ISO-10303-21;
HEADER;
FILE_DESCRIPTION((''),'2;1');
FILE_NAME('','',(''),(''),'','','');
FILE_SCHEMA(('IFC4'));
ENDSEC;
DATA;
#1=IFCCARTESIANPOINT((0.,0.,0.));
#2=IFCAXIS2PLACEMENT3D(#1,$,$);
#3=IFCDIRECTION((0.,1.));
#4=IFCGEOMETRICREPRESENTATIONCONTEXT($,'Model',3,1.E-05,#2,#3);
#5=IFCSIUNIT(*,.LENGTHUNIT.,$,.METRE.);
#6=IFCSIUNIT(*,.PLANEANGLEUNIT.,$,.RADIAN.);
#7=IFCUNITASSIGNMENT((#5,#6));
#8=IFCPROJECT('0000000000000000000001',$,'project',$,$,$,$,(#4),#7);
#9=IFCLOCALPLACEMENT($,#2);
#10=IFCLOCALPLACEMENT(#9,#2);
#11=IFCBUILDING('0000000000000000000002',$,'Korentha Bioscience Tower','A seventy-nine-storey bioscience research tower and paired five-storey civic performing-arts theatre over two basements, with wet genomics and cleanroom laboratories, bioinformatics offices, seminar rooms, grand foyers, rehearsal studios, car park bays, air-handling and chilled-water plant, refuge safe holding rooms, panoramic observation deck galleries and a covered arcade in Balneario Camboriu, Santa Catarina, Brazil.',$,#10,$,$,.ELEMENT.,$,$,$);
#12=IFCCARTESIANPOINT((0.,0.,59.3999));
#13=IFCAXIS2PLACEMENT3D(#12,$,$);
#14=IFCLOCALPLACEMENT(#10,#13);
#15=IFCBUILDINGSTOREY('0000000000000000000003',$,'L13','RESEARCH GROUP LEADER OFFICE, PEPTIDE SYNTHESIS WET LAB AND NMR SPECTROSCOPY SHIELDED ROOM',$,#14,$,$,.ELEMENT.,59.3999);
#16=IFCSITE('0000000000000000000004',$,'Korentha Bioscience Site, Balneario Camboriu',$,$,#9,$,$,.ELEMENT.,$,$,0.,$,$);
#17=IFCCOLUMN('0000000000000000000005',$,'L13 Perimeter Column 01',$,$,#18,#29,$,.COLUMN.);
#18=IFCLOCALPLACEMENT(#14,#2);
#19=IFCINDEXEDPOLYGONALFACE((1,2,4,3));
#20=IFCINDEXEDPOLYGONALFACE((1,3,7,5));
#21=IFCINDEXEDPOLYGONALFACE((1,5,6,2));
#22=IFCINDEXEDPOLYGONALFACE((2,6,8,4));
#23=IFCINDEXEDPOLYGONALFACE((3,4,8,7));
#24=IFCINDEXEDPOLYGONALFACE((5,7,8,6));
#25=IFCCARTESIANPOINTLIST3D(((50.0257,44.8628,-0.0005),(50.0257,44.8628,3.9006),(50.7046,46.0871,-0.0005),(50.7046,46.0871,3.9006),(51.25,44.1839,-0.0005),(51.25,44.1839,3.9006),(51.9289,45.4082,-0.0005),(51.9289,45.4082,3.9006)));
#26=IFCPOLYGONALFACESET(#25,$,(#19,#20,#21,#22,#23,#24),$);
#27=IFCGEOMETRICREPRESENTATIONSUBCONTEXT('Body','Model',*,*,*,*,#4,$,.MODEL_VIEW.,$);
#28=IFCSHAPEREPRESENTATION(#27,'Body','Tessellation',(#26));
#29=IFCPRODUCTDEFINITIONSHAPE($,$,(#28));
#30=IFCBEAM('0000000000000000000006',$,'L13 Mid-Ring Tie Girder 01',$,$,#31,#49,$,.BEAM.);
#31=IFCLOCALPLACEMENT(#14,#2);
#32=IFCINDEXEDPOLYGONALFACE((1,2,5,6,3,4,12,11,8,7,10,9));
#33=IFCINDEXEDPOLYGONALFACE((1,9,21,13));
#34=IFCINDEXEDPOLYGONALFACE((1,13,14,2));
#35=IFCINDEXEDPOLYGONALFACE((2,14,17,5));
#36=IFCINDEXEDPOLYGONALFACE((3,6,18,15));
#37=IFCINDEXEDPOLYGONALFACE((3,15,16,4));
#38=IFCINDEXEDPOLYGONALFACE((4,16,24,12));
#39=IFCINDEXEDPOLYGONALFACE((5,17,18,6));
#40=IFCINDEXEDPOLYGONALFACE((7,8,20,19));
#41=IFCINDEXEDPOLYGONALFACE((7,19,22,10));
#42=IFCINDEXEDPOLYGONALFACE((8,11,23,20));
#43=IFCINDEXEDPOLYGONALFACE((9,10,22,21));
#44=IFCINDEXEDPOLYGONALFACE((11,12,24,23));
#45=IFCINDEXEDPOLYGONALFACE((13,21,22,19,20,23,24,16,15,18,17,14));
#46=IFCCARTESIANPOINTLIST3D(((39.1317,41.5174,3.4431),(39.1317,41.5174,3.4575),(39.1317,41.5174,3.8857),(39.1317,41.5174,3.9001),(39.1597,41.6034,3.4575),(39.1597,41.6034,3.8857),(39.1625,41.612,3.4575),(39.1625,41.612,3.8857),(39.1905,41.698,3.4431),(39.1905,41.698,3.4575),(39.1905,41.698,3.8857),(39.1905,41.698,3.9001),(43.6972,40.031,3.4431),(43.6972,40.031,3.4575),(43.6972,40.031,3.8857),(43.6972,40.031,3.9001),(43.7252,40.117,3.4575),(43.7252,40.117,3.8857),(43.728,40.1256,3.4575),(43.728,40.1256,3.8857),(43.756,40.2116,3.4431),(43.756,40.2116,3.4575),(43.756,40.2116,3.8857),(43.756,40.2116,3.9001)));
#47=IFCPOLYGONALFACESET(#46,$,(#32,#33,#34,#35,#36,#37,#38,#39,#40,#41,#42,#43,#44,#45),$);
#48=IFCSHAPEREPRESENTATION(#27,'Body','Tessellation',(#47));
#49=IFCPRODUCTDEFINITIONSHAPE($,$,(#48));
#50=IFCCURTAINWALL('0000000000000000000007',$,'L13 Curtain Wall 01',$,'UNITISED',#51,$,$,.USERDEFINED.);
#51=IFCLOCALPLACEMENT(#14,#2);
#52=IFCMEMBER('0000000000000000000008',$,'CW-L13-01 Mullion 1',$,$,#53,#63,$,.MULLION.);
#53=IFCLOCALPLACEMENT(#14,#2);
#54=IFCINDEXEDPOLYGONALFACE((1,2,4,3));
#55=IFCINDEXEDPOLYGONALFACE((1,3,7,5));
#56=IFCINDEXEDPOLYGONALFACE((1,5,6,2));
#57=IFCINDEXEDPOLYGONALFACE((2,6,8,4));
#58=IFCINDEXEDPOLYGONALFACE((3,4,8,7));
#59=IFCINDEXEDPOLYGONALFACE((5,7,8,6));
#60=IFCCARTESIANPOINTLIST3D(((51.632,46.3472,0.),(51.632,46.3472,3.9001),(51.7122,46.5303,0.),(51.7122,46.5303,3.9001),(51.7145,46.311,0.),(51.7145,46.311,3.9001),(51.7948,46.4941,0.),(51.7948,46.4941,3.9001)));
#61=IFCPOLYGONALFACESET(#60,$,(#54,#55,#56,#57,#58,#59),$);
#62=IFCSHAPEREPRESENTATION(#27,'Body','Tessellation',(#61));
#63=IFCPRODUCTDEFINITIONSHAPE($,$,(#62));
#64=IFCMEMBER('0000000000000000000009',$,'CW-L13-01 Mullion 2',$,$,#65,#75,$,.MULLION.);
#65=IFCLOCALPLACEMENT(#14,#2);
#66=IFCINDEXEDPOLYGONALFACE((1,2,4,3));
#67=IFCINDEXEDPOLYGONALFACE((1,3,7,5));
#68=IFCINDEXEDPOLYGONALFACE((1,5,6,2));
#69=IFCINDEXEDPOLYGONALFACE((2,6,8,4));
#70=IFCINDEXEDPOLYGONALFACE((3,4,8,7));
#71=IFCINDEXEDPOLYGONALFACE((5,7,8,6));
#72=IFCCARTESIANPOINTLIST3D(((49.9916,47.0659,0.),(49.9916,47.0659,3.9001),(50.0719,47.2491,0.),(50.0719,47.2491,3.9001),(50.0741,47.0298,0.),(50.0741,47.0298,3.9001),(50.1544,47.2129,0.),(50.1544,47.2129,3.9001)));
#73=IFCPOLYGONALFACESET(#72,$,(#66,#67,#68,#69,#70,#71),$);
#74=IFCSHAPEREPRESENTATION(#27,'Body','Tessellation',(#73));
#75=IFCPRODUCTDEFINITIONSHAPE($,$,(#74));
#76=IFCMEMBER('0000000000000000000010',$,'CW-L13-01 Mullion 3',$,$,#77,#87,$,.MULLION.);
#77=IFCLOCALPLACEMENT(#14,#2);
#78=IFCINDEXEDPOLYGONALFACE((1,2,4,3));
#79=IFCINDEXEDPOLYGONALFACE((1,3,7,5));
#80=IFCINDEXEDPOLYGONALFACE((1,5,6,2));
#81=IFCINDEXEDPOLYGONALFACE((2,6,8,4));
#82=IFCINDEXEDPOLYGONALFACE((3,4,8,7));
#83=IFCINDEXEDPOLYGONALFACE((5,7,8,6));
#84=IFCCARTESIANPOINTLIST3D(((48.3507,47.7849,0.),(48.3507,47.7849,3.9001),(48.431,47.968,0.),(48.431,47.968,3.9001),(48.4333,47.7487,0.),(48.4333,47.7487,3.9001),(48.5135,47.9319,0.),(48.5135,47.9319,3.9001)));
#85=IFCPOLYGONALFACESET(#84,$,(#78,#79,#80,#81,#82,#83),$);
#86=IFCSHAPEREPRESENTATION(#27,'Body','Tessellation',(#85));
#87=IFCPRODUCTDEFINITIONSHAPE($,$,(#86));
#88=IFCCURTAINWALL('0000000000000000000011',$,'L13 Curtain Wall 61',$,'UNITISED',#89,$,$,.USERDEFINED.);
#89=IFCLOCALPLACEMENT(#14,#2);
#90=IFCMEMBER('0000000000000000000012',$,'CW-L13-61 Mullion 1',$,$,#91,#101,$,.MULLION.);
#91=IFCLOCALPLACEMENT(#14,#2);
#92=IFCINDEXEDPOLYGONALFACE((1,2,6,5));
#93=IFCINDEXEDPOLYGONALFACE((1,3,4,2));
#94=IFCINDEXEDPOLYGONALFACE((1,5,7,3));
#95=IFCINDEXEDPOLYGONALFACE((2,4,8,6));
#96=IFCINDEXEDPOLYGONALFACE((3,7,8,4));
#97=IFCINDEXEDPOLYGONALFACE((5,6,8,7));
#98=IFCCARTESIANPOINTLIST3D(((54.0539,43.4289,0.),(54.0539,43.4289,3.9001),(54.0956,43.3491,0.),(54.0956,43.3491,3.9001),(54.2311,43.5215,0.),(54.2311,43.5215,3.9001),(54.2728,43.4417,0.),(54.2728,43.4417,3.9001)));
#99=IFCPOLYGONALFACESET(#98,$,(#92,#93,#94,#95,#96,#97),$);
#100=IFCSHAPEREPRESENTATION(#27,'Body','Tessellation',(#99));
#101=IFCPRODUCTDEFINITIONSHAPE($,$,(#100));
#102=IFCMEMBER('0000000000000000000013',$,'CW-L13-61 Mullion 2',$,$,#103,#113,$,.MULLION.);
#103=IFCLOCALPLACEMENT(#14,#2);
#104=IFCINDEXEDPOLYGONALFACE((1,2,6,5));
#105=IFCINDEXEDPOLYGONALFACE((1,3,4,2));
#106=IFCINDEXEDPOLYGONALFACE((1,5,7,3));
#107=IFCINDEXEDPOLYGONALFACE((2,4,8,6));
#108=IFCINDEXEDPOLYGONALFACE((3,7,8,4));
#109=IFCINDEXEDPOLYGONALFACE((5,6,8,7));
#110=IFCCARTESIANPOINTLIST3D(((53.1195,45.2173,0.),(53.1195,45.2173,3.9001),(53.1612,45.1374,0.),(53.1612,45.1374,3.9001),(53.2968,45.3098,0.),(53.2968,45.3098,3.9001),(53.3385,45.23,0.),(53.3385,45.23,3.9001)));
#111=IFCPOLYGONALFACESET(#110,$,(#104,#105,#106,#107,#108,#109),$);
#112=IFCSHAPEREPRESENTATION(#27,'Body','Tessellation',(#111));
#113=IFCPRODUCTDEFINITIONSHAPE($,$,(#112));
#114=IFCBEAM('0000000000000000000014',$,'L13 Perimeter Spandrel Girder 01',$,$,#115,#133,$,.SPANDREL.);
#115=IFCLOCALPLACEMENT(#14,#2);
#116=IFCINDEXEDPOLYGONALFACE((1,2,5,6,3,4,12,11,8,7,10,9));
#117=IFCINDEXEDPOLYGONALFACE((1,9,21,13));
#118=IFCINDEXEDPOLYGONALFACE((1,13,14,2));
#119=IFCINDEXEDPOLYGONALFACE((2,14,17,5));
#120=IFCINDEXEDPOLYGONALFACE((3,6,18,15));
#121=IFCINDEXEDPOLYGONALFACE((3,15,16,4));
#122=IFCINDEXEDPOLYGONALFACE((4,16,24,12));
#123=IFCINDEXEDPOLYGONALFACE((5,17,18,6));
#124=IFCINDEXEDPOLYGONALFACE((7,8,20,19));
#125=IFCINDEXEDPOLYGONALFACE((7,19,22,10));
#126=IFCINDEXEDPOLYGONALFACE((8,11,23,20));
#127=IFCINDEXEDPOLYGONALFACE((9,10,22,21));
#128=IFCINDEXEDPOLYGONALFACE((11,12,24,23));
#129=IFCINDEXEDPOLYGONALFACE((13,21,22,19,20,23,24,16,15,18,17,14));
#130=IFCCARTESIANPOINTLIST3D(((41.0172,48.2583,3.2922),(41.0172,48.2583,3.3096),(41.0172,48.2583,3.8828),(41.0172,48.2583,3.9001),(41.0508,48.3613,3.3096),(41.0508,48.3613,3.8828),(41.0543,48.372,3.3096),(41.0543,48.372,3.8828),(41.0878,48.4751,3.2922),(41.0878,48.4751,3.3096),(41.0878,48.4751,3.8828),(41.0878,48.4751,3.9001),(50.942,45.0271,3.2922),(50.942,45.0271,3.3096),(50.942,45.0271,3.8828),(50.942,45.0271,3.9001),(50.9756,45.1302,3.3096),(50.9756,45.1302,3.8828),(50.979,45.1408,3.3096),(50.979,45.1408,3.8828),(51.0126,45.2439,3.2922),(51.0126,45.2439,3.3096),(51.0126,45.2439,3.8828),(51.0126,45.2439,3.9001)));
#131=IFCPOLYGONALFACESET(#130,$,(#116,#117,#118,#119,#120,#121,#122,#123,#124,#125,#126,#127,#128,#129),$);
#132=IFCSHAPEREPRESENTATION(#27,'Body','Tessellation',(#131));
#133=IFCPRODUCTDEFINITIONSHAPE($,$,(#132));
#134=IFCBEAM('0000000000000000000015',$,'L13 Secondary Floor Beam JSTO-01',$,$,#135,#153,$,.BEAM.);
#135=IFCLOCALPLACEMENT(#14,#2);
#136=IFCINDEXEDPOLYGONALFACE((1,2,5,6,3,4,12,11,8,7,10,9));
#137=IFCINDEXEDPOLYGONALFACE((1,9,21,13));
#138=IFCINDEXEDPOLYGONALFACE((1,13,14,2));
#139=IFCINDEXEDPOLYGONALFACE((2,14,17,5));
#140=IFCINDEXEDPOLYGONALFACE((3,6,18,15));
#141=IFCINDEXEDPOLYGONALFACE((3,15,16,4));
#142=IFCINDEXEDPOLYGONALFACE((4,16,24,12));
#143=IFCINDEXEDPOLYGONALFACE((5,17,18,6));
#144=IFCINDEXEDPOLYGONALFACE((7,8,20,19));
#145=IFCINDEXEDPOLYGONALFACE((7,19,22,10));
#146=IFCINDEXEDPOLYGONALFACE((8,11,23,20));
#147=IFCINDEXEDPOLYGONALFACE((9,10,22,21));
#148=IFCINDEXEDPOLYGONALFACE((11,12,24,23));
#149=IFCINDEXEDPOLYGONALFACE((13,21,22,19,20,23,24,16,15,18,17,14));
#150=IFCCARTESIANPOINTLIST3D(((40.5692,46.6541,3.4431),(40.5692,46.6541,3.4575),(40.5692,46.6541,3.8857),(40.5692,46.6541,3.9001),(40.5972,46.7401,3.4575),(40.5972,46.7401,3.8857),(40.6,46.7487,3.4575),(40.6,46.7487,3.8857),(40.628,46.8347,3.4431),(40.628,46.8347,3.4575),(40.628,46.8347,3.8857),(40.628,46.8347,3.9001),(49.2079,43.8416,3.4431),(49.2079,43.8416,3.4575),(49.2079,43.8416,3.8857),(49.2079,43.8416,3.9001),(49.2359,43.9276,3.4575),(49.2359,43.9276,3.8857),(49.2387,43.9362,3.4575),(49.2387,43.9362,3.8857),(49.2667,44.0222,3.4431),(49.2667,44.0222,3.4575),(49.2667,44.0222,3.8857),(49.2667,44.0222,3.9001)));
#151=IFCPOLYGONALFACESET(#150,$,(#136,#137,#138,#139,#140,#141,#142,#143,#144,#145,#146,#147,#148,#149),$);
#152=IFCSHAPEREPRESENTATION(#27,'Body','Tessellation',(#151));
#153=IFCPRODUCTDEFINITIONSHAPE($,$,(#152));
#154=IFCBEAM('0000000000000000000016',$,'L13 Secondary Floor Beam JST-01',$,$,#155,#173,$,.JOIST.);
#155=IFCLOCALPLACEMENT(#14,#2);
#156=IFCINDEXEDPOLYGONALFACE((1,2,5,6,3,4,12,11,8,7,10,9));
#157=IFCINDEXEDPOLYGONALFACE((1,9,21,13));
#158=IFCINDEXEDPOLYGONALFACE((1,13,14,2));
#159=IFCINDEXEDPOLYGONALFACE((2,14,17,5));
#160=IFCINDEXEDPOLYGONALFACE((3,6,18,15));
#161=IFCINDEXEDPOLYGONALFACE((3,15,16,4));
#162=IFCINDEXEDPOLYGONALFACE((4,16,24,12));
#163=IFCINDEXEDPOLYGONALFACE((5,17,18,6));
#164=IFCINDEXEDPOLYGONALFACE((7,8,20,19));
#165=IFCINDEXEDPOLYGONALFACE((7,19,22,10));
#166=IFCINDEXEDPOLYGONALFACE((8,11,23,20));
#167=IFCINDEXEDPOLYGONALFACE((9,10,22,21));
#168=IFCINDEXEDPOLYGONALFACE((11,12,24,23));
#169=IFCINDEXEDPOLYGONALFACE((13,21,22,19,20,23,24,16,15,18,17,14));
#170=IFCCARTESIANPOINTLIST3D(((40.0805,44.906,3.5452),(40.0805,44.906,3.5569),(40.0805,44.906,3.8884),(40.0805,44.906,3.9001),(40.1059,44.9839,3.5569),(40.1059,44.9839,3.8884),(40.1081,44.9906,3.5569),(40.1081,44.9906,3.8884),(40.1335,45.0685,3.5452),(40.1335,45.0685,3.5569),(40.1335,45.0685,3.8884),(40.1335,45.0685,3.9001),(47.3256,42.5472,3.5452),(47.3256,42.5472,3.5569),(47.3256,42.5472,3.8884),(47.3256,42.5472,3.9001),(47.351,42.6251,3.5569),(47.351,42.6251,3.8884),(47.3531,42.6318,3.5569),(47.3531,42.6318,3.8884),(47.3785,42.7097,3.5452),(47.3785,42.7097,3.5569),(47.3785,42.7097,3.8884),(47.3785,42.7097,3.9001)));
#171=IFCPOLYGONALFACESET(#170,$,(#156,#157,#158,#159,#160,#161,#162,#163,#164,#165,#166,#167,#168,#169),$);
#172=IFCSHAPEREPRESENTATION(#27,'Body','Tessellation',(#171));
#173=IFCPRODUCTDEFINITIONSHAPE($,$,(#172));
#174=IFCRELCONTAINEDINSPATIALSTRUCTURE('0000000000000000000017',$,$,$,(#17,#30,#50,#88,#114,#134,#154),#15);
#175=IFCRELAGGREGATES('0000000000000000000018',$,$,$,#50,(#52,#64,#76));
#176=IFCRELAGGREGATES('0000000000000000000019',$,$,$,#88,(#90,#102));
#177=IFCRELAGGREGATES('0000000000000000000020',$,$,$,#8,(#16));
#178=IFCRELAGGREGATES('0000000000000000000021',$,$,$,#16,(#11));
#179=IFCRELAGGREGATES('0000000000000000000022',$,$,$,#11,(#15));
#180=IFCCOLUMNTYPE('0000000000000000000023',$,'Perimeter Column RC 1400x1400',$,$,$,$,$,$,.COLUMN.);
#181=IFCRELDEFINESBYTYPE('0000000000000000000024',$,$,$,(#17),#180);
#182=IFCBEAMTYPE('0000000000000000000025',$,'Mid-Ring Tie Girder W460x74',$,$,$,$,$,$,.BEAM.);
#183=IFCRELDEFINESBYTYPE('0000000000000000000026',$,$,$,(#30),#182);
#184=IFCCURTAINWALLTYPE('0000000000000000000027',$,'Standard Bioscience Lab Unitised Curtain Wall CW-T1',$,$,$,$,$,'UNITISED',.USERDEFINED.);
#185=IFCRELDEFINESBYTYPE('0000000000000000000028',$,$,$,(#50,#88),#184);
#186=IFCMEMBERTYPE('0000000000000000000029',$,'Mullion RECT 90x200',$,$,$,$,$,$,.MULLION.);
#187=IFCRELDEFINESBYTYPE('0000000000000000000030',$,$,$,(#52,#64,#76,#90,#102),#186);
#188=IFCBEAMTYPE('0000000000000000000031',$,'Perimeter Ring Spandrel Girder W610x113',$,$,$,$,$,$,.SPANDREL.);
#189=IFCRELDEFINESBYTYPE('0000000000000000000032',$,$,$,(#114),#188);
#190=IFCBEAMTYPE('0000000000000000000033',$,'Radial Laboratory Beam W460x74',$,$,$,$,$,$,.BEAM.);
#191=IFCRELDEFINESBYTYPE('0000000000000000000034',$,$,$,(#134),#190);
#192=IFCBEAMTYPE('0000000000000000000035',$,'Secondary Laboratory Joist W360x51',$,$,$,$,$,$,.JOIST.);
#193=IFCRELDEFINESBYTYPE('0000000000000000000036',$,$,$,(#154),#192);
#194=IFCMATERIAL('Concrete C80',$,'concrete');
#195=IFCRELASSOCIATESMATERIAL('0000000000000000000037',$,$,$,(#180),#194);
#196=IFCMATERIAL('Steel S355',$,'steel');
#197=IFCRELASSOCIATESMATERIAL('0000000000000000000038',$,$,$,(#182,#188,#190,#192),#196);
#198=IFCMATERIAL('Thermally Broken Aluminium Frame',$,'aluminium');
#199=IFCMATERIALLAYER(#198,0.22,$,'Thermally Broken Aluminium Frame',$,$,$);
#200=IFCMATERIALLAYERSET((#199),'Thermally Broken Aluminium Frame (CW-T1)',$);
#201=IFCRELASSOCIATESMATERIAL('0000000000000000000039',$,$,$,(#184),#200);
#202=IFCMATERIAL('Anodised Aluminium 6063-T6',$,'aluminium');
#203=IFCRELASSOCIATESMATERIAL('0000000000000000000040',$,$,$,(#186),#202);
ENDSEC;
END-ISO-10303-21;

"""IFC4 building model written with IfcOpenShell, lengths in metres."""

from ifc_helpers import new_model, si_unit, direction, frame, origin, origin_2d, place, context, subcontext, project, spatial, rectangle, i_section, extrude, material, layer, layer_set, material_profile, profile_set, type_object, element, aggregate, save


model = new_model("IFC4")

# Units and contexts
model_context = context("Model", 3, precision=1e-05, world=origin(), true_north=direction((0.0, 1.0)))
body_context = subcontext(model_context, "Body", "Model", "MODEL_VIEW")
ifc_project = project(units=[si_unit("LENGTHUNIT", "METRE"), si_unit("PLANEANGLEUNIT", "RADIAN")], contexts=[model_context])

# Site, building, storey
site_placement = place(None, origin())
site = spatial("IfcSite", under=ifc_project, at=site_placement, Name="Korentha Bioscience Site, Balneario Camboriu", CompositionType="ELEMENT", RefElevation=0.0)
building_placement = place(site_placement, origin())
building = spatial("IfcBuilding", under=site, at=building_placement, Name="Korentha Bioscience Tower", Description="A seventy-nine-storey bioscience research tower and paired five-storey civic performing-arts theatre over two basements, with wet genomics and cleanroom laboratories, bioinformatics offices, seminar rooms, grand foyers, rehearsal studios, car park bays, air-handling and chilled-water plant, refuge safe holding rooms, panoramic observation deck galleries and a covered arcade in Balneario Camboriu, Santa Catarina, Brazil.", CompositionType="ELEMENT")
storey_placement = place(building_placement, frame((0.0, 0.0, 59.3999)))
storey = spatial("IfcBuildingStorey", under=building, at=storey_placement, Name="L13", Description="RESEARCH GROUP LEADER OFFICE, PEPTIDE SYNTHESIS WET LAB AND NMR SPECTROSCOPY SHIELDED ROOM", CompositionType="ELEMENT", Elevation=59.3999)

# Column
ifc_material_1 = material(Name="Concrete C80", Category="concrete")
ifc_material_profile_1 = material_profile(ifc_material_1, rectangle(XDim=1.3999, YDim=1.3999, at=origin_2d()), Name="Concrete C80")
ifc_profile_set_1 = profile_set([ifc_material_profile_1], Name="Concrete C80 (COL-P14)")
column_type = type_object("IfcColumnType", Name="Perimeter Column RC 1400x1400", PredefinedType="COLUMN", material=ifc_profile_set_1)
column_placement = place(storey_placement, frame((50.9773, 45.1355, -0.0005), z_axis=(0.0, 0.0, 1.0), x_axis=(-0.874535, 0.484962, 0.0)))
element("IfcColumn", 1, at=column_placement, inside=storey, type_object=column_type, Name="L13 Perimeter Column 01", PredefinedType="COLUMN", context=body_context, shape_type="SweptSolid", body=[
    extrude(rectangle(XDim=1.3999, YDim=1.3999, at=origin_2d()), origin(), (0.0, 0.0, 1.0), 3.9011),
])

# Beam
ifc_material_2 = material(Name="Steel S355", Category="steel")
ifc_material_profile_2 = material_profile(ifc_material_2, i_section(OverallWidth=0.1899, OverallDepth=0.457, WebThickness=0.009, FlangeThickness=0.0144, at=origin_2d()), Name="Steel S355")
ifc_profile_set_2 = profile_set([ifc_material_profile_2], Name="Steel S355 (MB-460)")
beam_type_1 = type_object("IfcBeamType", Name="Mid-Ring Tie Girder W460x74", PredefinedType="BEAM", material=ifc_profile_set_2)
beam_1_placement = place(storey_placement, frame((43.7266, 40.1213, 3.6716), z_axis=(-0.950877, 0.309569, 0.0), x_axis=(-0.309569, -0.950877, 0.0)))
element("IfcBeam", 2, at=beam_1_placement, inside=storey, type_object=beam_type_1, Name="L13 Mid-Ring Tie Girder 01", PredefinedType="BEAM", context=body_context, shape_type="SweptSolid", body=[
    extrude(i_section(OverallWidth=0.1899, OverallDepth=0.457, WebThickness=0.009, FlangeThickness=0.0144, at=origin_2d()), origin(), (0.0, 0.0, 1.0), 4.8013),
])

# Curtain walls, members
ifc_material_3 = material(Name="Thermally Broken Aluminium Frame", Category="aluminium")
ifc_layer_1 = layer(ifc_material_3, 0.22, Name="Thermally Broken Aluminium Frame")
ifc_layer_set_1 = layer_set([ifc_layer_1], Name="Thermally Broken Aluminium Frame (CW-T1)")
curtain_wall_type = type_object("IfcCurtainWallType", Name="Standard Bioscience Lab Unitised Curtain Wall CW-T1", ElementType="UNITISED", PredefinedType="USERDEFINED", material=ifc_layer_set_1)
curtain_wall_1_placement = place(storey_placement, origin())
curtain_wall_1 = element("IfcCurtainWall", 3, at=curtain_wall_1_placement, inside=storey, type_object=curtain_wall_type, Name="L13 Curtain Wall 01", ObjectType="UNITISED", PredefinedType="USERDEFINED")
ifc_material_4 = material(Name="Anodised Aluminium 6063-T6", Category="aluminium")
ifc_material_profile_3 = material_profile(ifc_material_4, rectangle(XDim=0.0901, YDim=0.2, at=origin_2d()), Name="Anodised Aluminium 6063-T6")
ifc_profile_set_3 = profile_set([ifc_material_profile_3], Name="Anodised Aluminium 6063-T6 (CW-MUL)")
member_type_1 = type_object("IfcMemberType", Name="Mullion RECT 90x200", PredefinedType="MULLION", material=ifc_profile_set_3)
member_1_placement = place(storey_placement, frame((51.7134, 46.4207, 0.0), z_axis=(0.0, 0.0, 1.0), x_axis=(-0.915939, 0.401317, 0.0)))
member_1 = element("IfcMember", 4, at=member_1_placement, type_object=member_type_1, Name="CW-L13-01 Mullion 1", PredefinedType="MULLION", context=body_context, shape_type="SweptSolid", body=[
    extrude(rectangle(XDim=0.0901, YDim=0.2, at=origin_2d()), origin(), (0.0, 0.0, 1.0), 3.9001),
])
member_2_placement = place(storey_placement, frame((50.073, 47.1394, 0.0), z_axis=(0.0, 0.0, 1.0), x_axis=(-0.915939, 0.401317, 0.0)))
member_2 = element("IfcMember", 5, at=member_2_placement, type_object=member_type_1, Name="CW-L13-01 Mullion 2", PredefinedType="MULLION", context=body_context, shape_type="SweptSolid", body=[
    extrude(rectangle(XDim=0.0901, YDim=0.2, at=origin_2d()), origin(), (0.0, 0.0, 1.0), 3.9001),
])
member_3_placement = place(storey_placement, frame((48.4321, 47.8584, 0.0), z_axis=(0.0, 0.0, 1.0), x_axis=(-0.915939, 0.401317, 0.0)))
member_3 = element("IfcMember", 6, at=member_3_placement, type_object=member_type_1, Name="CW-L13-01 Mullion 3", PredefinedType="MULLION", context=body_context, shape_type="SweptSolid", body=[
    extrude(rectangle(XDim=0.0901, YDim=0.2, at=origin_2d()), origin(), (0.0, 0.0, 1.0), 3.9001),
])
curtain_wall_2_placement = place(storey_placement, origin())
curtain_wall_2 = element("IfcCurtainWall", 7, at=curtain_wall_2_placement, inside=storey, type_object=curtain_wall_type, Name="L13 Curtain Wall 61", ObjectType="UNITISED", PredefinedType="USERDEFINED")
member_4_placement = place(storey_placement, frame((54.1633, 43.4353, 0.0), z_axis=(0.0, 0.0, 1.0), x_axis=(-0.463009, 0.886354, 0.0)))
member_4 = element("IfcMember", 8, at=member_4_placement, type_object=member_type_1, Name="CW-L13-61 Mullion 1", PredefinedType="MULLION", context=body_context, shape_type="SweptSolid", body=[
    extrude(rectangle(XDim=0.0901, YDim=0.2, at=origin_2d()), origin(), (0.0, 0.0, 1.0), 3.9001),
])
member_5_placement = place(storey_placement, frame((53.229, 45.2236, 0.0), z_axis=(0.0, 0.0, 1.0), x_axis=(-0.463009, 0.886354, 0.0)))
member_5 = element("IfcMember", 9, at=member_5_placement, type_object=member_type_1, Name="CW-L13-61 Mullion 2", PredefinedType="MULLION", context=body_context, shape_type="SweptSolid", body=[
    extrude(rectangle(XDim=0.0901, YDim=0.2, at=origin_2d()), origin(), (0.0, 0.0, 1.0), 3.9001),
])

# Beams
ifc_material_profile_4 = material_profile(ifc_material_2, i_section(OverallWidth=0.228, OverallDepth=0.6079, WebThickness=0.0112, FlangeThickness=0.0173, at=origin_2d()), Name="Steel S355")
ifc_profile_set_4 = profile_set([ifc_material_profile_4], Name="Steel S355 (SB-610)")
beam_type_2 = type_object("IfcBeamType", Name="Perimeter Ring Spandrel Girder W610x113", PredefinedType="SPANDREL", material=ifc_profile_set_4)
beam_2_placement = place(storey_placement, frame((50.9773, 45.1355, 3.5962), z_axis=(-0.950875, 0.309575, 0.0), x_axis=(-0.309575, -0.950875, 0.0)))
element("IfcBeam", 10, at=beam_2_placement, inside=storey, type_object=beam_type_2, Name="L13 Perimeter Spandrel Girder 01", PredefinedType="SPANDREL", context=body_context, shape_type="SweptSolid", body=[
    extrude(i_section(OverallWidth=0.228, OverallDepth=0.6079, WebThickness=0.0112, FlangeThickness=0.0173, at=origin_2d()), origin(), (0.0, 0.0, 1.0), 10.4375),
])
ifc_material_profile_5 = material_profile(ifc_material_2, i_section(OverallWidth=0.1899, OverallDepth=0.457, WebThickness=0.009, FlangeThickness=0.0144, at=origin_2d()), Name="Steel S355")
ifc_profile_set_5 = profile_set([ifc_material_profile_5], Name="Steel S355 (RB-460)")
beam_type_3 = type_object("IfcBeamType", Name="Radial Laboratory Beam W460x74", PredefinedType="BEAM", material=ifc_profile_set_5)
beam_3_placement = place(storey_placement, frame((49.2373, 43.9319, 3.6716), z_axis=(-0.950874, 0.309577, 0.0), x_axis=(-0.309577, -0.950874, 0.0)))
element("IfcBeam", 11, at=beam_3_placement, inside=storey, type_object=beam_type_3, Name="L13 Secondary Floor Beam JSTO-01", PredefinedType="BEAM", context=body_context, shape_type="SweptSolid", body=[
    extrude(i_section(OverallWidth=0.1899, OverallDepth=0.457, WebThickness=0.009, FlangeThickness=0.0144, at=origin_2d()), origin(), (0.0, 0.0, 1.0), 9.085),
])
ifc_material_profile_6 = material_profile(ifc_material_2, i_section(OverallWidth=0.1709, OverallDepth=0.355, WebThickness=0.0071, FlangeThickness=0.0117, at=origin_2d()), Name="Steel S355")
ifc_profile_set_6 = profile_set([ifc_material_profile_6], Name="Steel S355 (JB-360)")
beam_type_4 = type_object("IfcBeamType", Name="Secondary Laboratory Joist W360x51", PredefinedType="JOIST", material=ifc_profile_set_6)
beam_4_placement = place(storey_placement, frame((47.3521, 42.6284, 3.7227), z_axis=(-0.950871, 0.309587, 0.0), x_axis=(-0.309587, -0.950871, 0.0)))
element("IfcBeam", 12, at=beam_4_placement, inside=storey, type_object=beam_type_4, Name="L13 Secondary Floor Beam JST-01", PredefinedType="JOIST", context=body_context, shape_type="SweptSolid", body=[
    extrude(i_section(OverallWidth=0.1709, OverallDepth=0.355, WebThickness=0.0071, FlangeThickness=0.0117, at=origin_2d()), origin(), (0.0, 0.0, 1.0), 7.6194),
])

aggregate(curtain_wall_1, [member_1, member_2, member_3])
aggregate(curtain_wall_2, [member_4, member_5])

save(model, "model.ifc")
